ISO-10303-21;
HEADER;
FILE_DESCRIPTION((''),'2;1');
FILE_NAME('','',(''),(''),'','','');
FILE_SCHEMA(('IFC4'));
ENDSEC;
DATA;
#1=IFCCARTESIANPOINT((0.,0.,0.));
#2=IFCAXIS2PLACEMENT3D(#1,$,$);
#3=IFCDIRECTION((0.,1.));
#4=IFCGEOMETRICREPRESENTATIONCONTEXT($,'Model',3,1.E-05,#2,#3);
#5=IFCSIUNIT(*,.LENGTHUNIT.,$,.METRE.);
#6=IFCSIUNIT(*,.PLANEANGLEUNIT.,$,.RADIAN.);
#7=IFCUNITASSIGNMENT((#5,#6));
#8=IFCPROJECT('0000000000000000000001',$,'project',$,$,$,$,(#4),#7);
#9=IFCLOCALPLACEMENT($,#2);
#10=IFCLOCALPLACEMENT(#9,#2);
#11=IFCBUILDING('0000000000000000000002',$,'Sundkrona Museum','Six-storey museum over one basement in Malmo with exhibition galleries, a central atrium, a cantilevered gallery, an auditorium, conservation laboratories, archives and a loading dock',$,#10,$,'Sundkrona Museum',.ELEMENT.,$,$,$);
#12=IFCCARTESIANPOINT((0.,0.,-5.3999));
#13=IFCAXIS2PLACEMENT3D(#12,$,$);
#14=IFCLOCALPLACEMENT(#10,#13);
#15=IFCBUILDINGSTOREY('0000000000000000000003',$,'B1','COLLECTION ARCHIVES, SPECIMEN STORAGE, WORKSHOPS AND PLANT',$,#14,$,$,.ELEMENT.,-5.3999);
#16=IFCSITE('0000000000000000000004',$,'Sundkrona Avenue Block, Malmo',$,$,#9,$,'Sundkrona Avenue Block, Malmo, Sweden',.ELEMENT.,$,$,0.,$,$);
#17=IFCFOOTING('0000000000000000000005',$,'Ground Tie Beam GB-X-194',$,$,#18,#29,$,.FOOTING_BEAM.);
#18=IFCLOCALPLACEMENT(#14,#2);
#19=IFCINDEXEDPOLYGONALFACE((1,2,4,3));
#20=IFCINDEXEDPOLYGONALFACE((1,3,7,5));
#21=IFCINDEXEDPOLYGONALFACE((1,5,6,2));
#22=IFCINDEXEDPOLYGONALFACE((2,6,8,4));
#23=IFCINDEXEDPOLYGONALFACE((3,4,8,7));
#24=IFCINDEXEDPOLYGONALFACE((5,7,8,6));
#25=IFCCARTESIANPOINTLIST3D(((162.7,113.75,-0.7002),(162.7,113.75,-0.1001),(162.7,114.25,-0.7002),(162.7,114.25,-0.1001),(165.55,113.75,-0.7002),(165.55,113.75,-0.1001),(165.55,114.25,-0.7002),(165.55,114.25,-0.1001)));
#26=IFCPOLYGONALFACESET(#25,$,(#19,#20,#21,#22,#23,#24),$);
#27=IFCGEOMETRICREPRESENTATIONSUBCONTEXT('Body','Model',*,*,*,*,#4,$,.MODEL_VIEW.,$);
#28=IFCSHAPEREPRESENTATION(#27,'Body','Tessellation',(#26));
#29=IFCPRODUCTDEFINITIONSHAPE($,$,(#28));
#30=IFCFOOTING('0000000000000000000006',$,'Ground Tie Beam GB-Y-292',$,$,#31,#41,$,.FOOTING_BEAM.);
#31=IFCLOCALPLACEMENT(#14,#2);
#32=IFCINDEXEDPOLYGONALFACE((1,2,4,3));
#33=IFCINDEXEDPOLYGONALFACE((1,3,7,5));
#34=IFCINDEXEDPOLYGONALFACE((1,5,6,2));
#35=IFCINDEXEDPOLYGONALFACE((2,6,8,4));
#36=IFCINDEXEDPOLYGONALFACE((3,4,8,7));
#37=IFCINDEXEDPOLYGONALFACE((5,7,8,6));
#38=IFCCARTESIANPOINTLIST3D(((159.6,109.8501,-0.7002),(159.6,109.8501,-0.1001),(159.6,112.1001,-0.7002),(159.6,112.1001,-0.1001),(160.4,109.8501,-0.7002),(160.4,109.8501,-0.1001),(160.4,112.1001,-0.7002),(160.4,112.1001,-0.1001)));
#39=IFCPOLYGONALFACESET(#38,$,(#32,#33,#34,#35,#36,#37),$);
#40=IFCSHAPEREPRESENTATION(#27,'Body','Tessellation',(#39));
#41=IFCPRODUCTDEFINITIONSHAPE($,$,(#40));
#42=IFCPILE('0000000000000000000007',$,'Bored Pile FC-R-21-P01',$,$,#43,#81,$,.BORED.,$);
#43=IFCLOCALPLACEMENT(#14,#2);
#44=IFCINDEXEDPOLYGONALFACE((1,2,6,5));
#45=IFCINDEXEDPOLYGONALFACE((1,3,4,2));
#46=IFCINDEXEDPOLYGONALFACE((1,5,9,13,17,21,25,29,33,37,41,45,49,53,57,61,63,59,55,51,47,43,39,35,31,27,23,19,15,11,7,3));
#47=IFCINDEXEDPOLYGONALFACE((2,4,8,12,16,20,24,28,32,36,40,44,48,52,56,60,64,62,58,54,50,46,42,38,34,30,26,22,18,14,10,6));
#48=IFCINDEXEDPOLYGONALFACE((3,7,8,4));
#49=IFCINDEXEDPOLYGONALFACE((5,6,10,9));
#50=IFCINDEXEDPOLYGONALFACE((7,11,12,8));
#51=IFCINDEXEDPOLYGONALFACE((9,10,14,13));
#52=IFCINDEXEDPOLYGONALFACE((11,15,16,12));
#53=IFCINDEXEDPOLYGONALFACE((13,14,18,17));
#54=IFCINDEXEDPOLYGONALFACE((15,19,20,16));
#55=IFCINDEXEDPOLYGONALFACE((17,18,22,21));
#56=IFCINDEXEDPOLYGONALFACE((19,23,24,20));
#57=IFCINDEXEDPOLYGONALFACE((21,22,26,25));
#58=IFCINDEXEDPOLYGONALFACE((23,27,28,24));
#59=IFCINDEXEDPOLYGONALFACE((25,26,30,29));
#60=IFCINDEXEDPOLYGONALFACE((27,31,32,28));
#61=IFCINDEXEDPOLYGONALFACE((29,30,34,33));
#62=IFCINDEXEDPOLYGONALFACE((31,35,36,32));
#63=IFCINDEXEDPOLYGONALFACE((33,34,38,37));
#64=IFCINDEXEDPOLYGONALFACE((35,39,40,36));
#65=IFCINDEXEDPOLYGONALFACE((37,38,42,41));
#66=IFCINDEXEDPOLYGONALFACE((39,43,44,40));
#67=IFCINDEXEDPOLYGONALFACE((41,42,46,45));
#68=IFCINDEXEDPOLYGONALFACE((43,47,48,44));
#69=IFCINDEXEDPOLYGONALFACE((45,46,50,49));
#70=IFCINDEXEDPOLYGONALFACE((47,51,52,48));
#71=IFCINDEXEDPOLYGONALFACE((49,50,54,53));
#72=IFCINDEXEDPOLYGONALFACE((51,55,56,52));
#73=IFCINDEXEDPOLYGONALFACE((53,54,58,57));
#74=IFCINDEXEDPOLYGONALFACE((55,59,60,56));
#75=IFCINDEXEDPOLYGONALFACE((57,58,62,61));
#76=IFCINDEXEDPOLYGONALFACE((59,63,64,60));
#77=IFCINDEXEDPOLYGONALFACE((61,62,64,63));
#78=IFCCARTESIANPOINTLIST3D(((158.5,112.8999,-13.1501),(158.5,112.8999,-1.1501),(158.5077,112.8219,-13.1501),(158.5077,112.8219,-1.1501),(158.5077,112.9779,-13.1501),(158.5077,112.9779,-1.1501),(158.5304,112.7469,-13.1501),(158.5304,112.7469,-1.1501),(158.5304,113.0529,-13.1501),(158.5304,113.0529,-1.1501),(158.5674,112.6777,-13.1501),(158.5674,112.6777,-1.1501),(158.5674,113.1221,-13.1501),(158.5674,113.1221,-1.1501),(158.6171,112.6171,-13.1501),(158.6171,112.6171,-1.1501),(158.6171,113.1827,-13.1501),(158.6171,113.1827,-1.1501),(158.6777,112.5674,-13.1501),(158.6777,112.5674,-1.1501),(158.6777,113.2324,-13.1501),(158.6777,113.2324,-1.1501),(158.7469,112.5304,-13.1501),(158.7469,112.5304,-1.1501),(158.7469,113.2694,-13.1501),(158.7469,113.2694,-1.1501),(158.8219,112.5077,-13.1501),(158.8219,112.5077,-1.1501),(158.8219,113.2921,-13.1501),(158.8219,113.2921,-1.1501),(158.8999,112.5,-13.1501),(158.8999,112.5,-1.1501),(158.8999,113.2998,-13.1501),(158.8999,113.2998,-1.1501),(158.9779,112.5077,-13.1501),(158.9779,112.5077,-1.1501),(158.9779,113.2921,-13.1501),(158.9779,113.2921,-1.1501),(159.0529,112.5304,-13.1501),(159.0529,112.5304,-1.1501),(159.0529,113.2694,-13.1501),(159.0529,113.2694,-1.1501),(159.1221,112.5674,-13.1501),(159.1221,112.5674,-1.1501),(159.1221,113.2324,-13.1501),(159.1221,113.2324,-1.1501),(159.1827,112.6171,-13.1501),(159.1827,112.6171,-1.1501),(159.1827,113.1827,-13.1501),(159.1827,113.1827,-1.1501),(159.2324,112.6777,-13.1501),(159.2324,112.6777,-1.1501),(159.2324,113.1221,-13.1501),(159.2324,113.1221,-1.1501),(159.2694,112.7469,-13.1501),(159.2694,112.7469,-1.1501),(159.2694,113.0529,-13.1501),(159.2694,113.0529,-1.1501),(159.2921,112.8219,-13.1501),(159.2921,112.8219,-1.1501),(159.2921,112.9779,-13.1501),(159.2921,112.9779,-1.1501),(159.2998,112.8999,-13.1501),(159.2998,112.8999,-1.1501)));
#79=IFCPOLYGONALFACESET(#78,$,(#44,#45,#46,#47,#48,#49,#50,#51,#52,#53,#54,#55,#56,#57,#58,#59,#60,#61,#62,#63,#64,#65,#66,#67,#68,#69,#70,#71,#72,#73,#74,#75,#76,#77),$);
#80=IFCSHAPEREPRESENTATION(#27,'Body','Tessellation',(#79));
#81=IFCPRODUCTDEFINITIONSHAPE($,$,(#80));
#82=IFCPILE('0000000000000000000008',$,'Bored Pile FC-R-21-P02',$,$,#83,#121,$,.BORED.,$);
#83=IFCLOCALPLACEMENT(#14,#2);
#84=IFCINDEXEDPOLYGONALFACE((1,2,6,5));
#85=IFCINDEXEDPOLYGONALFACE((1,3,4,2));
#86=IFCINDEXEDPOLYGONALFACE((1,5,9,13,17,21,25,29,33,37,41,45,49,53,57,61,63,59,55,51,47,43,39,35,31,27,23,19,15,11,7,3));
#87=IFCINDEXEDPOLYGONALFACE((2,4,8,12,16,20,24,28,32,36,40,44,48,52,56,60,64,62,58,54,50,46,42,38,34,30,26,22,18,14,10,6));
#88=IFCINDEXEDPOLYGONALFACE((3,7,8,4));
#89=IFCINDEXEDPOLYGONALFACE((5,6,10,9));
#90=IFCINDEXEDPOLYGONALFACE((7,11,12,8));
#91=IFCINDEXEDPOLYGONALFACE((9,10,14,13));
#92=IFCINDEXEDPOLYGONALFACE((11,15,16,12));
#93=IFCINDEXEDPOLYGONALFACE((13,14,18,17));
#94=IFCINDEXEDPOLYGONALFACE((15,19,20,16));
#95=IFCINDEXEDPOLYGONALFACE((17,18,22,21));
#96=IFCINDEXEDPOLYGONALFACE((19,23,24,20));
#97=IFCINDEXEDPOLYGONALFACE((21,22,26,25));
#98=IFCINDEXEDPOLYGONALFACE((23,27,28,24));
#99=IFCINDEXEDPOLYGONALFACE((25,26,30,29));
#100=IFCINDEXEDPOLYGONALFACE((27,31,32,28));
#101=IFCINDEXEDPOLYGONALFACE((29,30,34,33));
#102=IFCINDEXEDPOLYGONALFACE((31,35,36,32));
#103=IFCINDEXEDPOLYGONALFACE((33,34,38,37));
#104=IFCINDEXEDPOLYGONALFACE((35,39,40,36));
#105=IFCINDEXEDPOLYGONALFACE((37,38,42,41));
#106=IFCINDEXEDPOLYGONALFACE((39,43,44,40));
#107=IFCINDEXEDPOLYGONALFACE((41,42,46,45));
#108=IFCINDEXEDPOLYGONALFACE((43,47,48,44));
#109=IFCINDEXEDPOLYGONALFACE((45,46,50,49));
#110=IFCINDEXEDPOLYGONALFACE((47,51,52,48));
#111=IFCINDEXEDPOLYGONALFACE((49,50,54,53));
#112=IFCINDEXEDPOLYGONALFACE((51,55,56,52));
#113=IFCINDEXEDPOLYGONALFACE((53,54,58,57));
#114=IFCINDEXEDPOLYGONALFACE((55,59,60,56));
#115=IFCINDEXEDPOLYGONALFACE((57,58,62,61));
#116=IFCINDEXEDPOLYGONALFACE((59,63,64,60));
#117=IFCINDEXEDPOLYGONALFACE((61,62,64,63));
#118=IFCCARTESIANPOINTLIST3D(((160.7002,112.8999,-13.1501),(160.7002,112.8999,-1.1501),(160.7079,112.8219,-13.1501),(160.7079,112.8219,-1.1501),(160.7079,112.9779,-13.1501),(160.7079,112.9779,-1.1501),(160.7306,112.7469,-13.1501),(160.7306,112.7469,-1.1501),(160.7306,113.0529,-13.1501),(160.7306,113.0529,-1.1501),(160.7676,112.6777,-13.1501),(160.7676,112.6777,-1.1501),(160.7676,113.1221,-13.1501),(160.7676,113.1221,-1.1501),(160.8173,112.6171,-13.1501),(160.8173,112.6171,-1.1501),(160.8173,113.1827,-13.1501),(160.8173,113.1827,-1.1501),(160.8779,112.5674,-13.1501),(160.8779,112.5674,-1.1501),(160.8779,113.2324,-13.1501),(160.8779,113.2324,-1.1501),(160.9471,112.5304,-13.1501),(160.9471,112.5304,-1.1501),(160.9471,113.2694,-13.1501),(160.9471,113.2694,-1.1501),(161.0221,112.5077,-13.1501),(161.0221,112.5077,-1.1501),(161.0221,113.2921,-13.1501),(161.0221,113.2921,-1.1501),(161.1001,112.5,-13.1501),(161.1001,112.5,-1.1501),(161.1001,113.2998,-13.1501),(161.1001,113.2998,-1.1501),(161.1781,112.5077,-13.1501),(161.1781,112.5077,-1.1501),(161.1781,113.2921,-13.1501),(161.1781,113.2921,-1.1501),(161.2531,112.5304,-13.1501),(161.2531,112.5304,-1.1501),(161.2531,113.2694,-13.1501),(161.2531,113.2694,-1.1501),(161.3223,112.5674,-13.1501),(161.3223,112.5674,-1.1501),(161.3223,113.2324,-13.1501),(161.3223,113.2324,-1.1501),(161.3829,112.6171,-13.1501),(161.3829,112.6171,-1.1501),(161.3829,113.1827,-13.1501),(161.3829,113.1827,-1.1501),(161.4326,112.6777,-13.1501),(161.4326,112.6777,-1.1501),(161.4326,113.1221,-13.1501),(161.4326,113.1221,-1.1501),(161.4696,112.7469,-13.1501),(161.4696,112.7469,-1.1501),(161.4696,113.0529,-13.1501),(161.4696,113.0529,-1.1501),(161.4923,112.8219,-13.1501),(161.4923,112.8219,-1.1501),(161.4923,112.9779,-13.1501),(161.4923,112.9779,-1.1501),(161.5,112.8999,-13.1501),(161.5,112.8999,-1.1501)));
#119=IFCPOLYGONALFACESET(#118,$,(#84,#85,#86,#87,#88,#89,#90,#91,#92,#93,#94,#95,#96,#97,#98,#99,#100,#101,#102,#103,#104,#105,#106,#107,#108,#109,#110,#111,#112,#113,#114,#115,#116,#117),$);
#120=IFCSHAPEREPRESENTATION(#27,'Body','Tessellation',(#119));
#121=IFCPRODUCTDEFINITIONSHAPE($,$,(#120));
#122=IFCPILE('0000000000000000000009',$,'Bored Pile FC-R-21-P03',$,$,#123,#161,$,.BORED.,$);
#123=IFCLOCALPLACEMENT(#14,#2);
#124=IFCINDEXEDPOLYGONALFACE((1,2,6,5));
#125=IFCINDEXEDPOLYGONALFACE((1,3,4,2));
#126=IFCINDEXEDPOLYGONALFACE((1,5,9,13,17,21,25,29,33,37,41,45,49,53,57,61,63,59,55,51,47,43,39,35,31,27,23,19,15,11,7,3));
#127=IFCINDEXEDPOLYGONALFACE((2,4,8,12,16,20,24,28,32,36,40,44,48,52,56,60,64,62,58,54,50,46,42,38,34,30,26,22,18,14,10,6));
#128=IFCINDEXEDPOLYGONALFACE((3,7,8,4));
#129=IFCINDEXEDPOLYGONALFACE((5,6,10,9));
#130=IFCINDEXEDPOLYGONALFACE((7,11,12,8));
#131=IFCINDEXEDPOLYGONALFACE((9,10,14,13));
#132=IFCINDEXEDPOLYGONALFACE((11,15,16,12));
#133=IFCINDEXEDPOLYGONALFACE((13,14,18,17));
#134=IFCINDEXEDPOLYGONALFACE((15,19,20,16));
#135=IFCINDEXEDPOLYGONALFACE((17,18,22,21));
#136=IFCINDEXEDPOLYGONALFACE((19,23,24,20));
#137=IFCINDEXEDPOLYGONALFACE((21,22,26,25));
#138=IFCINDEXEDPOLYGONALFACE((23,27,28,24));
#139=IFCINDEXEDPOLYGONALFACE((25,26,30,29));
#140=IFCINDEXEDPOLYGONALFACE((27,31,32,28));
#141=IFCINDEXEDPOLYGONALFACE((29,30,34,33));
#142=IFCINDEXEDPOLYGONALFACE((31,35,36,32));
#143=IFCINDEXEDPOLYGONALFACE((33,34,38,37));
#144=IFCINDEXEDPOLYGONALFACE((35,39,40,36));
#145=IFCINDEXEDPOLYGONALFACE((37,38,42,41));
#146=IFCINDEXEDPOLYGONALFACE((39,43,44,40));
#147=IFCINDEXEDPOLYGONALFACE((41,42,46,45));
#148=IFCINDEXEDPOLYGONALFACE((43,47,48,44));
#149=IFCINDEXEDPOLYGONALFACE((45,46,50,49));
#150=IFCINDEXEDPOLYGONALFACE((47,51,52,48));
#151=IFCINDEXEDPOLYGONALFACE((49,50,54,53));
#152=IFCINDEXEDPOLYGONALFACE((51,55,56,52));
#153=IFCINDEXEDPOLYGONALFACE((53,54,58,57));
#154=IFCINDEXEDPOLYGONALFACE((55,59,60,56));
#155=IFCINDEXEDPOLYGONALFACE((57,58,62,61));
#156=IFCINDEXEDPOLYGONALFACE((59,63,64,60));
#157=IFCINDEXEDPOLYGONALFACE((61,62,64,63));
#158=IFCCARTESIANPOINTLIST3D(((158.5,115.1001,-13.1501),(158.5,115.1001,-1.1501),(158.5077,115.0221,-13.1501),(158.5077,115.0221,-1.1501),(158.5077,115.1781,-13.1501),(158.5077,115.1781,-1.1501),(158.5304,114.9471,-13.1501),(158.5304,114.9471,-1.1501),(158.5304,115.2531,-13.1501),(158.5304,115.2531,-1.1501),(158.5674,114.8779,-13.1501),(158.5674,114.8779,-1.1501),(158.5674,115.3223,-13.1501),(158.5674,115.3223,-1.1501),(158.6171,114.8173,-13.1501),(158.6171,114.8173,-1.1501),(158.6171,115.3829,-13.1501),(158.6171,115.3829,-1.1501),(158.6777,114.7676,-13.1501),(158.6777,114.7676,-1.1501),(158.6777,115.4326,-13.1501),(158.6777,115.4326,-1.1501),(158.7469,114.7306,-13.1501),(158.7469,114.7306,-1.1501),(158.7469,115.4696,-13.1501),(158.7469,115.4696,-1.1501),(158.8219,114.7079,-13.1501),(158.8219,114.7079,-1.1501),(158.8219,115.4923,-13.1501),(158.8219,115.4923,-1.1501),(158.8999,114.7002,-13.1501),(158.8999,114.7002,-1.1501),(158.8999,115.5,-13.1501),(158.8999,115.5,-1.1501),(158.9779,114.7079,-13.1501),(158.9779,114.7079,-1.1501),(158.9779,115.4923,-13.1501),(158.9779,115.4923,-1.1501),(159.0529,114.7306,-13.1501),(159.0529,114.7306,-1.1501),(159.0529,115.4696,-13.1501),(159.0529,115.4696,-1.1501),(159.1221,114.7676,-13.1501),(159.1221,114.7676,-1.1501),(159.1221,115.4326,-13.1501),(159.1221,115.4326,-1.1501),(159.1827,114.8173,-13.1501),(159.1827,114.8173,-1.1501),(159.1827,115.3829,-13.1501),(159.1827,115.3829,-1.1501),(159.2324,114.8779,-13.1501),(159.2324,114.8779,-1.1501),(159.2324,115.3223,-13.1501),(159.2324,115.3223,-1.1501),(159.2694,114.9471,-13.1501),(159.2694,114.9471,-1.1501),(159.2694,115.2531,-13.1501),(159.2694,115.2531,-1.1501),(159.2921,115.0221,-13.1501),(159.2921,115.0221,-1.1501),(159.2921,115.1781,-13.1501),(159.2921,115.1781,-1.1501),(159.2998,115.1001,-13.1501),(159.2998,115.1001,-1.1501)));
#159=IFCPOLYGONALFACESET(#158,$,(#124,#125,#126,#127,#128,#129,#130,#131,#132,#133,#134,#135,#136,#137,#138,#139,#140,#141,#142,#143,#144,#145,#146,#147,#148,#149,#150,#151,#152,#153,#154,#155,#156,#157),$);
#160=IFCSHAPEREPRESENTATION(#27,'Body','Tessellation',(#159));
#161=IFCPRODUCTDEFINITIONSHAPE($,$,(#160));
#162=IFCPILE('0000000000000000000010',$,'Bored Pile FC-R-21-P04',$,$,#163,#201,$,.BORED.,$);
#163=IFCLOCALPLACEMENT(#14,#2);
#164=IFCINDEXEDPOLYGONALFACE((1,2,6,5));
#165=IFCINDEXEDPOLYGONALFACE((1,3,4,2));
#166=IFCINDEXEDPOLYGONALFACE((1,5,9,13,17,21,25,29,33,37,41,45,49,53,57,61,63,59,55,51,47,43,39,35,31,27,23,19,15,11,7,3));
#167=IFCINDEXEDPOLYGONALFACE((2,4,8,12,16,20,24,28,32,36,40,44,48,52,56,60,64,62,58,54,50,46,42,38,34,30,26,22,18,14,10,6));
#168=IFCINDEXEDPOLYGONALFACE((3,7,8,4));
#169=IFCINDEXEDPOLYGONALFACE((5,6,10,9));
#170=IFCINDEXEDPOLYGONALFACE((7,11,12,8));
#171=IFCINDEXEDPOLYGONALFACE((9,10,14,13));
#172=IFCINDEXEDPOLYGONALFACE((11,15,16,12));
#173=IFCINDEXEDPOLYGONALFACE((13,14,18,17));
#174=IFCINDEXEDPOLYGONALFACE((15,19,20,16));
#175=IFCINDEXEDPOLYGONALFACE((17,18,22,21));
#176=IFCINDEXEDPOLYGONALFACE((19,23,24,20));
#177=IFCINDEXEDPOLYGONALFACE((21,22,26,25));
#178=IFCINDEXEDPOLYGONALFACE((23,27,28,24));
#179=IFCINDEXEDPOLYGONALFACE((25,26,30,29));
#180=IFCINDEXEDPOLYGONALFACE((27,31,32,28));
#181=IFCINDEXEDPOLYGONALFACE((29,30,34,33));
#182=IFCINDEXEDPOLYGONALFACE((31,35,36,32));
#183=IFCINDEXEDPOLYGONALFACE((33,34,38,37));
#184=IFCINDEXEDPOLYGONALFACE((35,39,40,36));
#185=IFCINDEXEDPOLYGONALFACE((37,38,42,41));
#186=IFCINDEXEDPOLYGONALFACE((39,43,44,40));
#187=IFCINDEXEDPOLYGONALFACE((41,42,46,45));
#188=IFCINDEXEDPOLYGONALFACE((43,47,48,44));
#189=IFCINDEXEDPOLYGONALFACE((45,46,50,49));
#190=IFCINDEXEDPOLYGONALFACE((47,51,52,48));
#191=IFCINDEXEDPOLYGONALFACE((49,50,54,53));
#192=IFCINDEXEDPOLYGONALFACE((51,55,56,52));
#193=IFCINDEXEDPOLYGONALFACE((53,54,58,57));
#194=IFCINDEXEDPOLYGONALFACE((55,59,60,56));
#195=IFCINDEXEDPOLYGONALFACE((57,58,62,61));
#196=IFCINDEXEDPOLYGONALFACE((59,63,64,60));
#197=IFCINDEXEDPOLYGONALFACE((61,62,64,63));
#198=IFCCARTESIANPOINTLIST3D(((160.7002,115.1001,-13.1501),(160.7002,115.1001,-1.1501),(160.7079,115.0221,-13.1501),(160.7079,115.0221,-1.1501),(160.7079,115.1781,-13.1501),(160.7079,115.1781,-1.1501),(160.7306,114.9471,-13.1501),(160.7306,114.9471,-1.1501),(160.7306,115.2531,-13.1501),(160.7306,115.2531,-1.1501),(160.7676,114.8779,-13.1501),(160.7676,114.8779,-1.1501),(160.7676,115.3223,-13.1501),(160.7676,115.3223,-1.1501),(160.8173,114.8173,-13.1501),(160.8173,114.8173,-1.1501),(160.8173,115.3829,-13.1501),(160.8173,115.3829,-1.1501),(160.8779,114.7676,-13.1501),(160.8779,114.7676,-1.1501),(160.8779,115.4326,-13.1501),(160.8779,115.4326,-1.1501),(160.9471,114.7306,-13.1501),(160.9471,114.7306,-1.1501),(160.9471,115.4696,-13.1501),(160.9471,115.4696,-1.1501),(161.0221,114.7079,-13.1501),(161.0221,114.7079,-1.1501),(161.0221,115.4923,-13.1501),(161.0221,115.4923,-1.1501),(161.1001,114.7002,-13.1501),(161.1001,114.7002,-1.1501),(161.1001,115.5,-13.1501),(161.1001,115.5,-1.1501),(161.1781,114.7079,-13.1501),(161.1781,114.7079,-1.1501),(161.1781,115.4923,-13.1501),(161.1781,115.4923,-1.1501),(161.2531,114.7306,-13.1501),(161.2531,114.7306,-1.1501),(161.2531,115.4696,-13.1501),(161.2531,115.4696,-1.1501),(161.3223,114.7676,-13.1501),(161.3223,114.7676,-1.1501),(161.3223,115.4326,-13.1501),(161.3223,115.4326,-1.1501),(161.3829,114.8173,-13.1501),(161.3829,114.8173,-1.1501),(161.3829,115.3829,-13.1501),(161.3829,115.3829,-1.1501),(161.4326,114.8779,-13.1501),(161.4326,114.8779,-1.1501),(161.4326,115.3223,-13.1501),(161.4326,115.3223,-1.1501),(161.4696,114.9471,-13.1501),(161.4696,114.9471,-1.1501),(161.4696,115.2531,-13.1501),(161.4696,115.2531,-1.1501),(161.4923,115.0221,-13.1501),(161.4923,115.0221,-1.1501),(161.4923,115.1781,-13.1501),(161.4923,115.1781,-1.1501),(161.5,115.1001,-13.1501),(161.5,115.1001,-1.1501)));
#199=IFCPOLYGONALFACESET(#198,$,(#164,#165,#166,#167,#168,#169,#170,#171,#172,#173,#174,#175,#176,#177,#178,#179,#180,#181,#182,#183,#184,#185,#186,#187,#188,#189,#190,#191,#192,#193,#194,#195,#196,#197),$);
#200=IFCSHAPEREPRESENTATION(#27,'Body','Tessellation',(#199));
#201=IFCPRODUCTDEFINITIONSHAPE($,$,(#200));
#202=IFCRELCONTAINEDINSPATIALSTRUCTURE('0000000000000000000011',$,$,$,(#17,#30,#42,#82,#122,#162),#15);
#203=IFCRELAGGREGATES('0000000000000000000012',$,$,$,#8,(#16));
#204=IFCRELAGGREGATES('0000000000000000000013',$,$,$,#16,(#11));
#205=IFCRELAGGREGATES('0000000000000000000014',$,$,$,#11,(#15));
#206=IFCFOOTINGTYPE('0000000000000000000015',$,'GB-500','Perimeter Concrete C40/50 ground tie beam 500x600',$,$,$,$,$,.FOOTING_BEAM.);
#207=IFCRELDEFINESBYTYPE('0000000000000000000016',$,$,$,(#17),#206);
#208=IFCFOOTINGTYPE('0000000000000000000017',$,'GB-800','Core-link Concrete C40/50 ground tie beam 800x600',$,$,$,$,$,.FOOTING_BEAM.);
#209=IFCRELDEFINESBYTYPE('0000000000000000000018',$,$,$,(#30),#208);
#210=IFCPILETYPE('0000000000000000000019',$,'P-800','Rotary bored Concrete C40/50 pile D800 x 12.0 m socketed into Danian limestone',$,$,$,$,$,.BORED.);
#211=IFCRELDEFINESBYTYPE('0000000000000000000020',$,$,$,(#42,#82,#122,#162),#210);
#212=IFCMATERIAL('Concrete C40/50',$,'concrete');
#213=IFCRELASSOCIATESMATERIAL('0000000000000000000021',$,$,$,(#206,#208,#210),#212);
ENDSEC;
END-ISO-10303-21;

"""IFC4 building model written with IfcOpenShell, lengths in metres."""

from ifc_helpers import new_model, si_unit, direction, frame, origin, origin_2d, place, context, subcontext, project, spatial, rectangle, circle, extrude, material, material_profile, profile_set, type_object, element, save


model = new_model("IFC4")

# Units and contexts
model_context = context("Model", 3, precision=1e-05, world=origin(), true_north=direction((0.0, 1.0)))
body_context = subcontext(model_context, "Body", "Model", "MODEL_VIEW")
ifc_project = project(units=[si_unit("LENGTHUNIT", "METRE"), si_unit("PLANEANGLEUNIT", "RADIAN")], contexts=[model_context])

# Site, building, storey
site_placement = place(None, origin())
site = spatial("IfcSite", under=ifc_project, at=site_placement, Name="Sundkrona Avenue Block, Malmo", LongName="Sundkrona Avenue Block, Malmo, Sweden", CompositionType="ELEMENT", RefElevation=0.0)
building_placement = place(site_placement, origin())
building = spatial("IfcBuilding", under=site, at=building_placement, Name="Sundkrona Museum", Description="Six-storey museum over one basement in Malmo with exhibition galleries, a central atrium, a cantilevered gallery, an auditorium, conservation laboratories, archives and a loading dock", LongName="Sundkrona Museum", CompositionType="ELEMENT")
storey_placement = place(building_placement, frame((0.0, 0.0, -5.3999)))
storey = spatial("IfcBuildingStorey", under=building, at=storey_placement, Name="B1", Description="COLLECTION ARCHIVES, SPECIMEN STORAGE, WORKSHOPS AND PLANT", CompositionType="ELEMENT", Elevation=-5.3999)

# Footings
ifc_material_1 = material(Name="Concrete C40/50", Category="concrete")
footing_type_1 = type_object("IfcFootingType", Name="GB-500", Description="Perimeter Concrete C40/50 ground tie beam 500x600", PredefinedType="FOOTING_BEAM", material=ifc_material_1)
footing_1_placement = place(storey_placement, frame((164.125, 114.0, -0.7002), z_axis=(0.0, 0.0, 1.0), x_axis=(1.0, 0.0, 0.0)))
element("IfcFooting", 1, at=footing_1_placement, inside=storey, type_object=footing_type_1, Name="Ground Tie Beam GB-X-194", PredefinedType="FOOTING_BEAM", context=body_context, shape_type="SweptSolid", body=[
    extrude(rectangle(XDim=2.8501, YDim=0.5, at=origin_2d()), origin(), (0.0, 0.0, 1.0), 0.6001),
])
footing_type_2 = type_object("IfcFootingType", Name="GB-800", Description="Core-link Concrete C40/50 ground tie beam 800x600", PredefinedType="FOOTING_BEAM", material=ifc_material_1)
footing_2_placement = place(storey_placement, frame((160.0, 110.9751, -0.7002), z_axis=(0.0, 0.0, 1.0), x_axis=(0.0, 1.0, 0.0)))
element("IfcFooting", 2, at=footing_2_placement, inside=storey, type_object=footing_type_2, Name="Ground Tie Beam GB-Y-292", PredefinedType="FOOTING_BEAM", context=body_context, shape_type="SweptSolid", body=[
    extrude(rectangle(XDim=2.25, YDim=0.8, at=origin_2d()), origin(), (0.0, 0.0, 1.0), 0.6001),
])

# Piles
ifc_material_profile_1 = material_profile(ifc_material_1, circle(Radius=0.3999, at=origin_2d()), Name="PILE D800")
ifc_profile_set_1 = profile_set([ifc_material_profile_1], Name="Concrete C40/50")
pile_type = type_object("IfcPileType", Name="P-800", Description="Rotary bored Concrete C40/50 pile D800 x 12.0 m socketed into Danian limestone", PredefinedType="BORED", material=ifc_profile_set_1)
for number, where, z_axis, x_axis, name in (
    (3, (158.8999, 112.8999, -1.1501), (0.0, 0.0, -1.0), (1.0, 0.0, 0.0), "Bored Pile FC-R-21-P01"),
    (4, (161.1001, 112.8999, -1.1501), (0.0, 0.0, -1.0), (1.0, 0.0, 0.0), "Bored Pile FC-R-21-P02"),
    (5, (158.8999, 115.1001, -1.1501), (0.0, 0.0, -1.0), (1.0, 0.0, 0.0), "Bored Pile FC-R-21-P03"),
    (6, (161.1001, 115.1001, -1.1501), (0.0, 0.0, -1.0), (1.0, 0.0, 0.0), "Bored Pile FC-R-21-P04"),
):
    element("IfcPile", number, at=place(storey_placement, frame(where, z_axis=z_axis, x_axis=x_axis)), inside=storey, type_object=pile_type, Name=name, PredefinedType="BORED", context=body_context, shape_type="SweptSolid", body=[
        extrude(circle(Radius=0.3999, at=origin_2d()), origin(), (0.0, 0.0, 1.0), 12.0),
    ])

save(model, "model.ifc")
